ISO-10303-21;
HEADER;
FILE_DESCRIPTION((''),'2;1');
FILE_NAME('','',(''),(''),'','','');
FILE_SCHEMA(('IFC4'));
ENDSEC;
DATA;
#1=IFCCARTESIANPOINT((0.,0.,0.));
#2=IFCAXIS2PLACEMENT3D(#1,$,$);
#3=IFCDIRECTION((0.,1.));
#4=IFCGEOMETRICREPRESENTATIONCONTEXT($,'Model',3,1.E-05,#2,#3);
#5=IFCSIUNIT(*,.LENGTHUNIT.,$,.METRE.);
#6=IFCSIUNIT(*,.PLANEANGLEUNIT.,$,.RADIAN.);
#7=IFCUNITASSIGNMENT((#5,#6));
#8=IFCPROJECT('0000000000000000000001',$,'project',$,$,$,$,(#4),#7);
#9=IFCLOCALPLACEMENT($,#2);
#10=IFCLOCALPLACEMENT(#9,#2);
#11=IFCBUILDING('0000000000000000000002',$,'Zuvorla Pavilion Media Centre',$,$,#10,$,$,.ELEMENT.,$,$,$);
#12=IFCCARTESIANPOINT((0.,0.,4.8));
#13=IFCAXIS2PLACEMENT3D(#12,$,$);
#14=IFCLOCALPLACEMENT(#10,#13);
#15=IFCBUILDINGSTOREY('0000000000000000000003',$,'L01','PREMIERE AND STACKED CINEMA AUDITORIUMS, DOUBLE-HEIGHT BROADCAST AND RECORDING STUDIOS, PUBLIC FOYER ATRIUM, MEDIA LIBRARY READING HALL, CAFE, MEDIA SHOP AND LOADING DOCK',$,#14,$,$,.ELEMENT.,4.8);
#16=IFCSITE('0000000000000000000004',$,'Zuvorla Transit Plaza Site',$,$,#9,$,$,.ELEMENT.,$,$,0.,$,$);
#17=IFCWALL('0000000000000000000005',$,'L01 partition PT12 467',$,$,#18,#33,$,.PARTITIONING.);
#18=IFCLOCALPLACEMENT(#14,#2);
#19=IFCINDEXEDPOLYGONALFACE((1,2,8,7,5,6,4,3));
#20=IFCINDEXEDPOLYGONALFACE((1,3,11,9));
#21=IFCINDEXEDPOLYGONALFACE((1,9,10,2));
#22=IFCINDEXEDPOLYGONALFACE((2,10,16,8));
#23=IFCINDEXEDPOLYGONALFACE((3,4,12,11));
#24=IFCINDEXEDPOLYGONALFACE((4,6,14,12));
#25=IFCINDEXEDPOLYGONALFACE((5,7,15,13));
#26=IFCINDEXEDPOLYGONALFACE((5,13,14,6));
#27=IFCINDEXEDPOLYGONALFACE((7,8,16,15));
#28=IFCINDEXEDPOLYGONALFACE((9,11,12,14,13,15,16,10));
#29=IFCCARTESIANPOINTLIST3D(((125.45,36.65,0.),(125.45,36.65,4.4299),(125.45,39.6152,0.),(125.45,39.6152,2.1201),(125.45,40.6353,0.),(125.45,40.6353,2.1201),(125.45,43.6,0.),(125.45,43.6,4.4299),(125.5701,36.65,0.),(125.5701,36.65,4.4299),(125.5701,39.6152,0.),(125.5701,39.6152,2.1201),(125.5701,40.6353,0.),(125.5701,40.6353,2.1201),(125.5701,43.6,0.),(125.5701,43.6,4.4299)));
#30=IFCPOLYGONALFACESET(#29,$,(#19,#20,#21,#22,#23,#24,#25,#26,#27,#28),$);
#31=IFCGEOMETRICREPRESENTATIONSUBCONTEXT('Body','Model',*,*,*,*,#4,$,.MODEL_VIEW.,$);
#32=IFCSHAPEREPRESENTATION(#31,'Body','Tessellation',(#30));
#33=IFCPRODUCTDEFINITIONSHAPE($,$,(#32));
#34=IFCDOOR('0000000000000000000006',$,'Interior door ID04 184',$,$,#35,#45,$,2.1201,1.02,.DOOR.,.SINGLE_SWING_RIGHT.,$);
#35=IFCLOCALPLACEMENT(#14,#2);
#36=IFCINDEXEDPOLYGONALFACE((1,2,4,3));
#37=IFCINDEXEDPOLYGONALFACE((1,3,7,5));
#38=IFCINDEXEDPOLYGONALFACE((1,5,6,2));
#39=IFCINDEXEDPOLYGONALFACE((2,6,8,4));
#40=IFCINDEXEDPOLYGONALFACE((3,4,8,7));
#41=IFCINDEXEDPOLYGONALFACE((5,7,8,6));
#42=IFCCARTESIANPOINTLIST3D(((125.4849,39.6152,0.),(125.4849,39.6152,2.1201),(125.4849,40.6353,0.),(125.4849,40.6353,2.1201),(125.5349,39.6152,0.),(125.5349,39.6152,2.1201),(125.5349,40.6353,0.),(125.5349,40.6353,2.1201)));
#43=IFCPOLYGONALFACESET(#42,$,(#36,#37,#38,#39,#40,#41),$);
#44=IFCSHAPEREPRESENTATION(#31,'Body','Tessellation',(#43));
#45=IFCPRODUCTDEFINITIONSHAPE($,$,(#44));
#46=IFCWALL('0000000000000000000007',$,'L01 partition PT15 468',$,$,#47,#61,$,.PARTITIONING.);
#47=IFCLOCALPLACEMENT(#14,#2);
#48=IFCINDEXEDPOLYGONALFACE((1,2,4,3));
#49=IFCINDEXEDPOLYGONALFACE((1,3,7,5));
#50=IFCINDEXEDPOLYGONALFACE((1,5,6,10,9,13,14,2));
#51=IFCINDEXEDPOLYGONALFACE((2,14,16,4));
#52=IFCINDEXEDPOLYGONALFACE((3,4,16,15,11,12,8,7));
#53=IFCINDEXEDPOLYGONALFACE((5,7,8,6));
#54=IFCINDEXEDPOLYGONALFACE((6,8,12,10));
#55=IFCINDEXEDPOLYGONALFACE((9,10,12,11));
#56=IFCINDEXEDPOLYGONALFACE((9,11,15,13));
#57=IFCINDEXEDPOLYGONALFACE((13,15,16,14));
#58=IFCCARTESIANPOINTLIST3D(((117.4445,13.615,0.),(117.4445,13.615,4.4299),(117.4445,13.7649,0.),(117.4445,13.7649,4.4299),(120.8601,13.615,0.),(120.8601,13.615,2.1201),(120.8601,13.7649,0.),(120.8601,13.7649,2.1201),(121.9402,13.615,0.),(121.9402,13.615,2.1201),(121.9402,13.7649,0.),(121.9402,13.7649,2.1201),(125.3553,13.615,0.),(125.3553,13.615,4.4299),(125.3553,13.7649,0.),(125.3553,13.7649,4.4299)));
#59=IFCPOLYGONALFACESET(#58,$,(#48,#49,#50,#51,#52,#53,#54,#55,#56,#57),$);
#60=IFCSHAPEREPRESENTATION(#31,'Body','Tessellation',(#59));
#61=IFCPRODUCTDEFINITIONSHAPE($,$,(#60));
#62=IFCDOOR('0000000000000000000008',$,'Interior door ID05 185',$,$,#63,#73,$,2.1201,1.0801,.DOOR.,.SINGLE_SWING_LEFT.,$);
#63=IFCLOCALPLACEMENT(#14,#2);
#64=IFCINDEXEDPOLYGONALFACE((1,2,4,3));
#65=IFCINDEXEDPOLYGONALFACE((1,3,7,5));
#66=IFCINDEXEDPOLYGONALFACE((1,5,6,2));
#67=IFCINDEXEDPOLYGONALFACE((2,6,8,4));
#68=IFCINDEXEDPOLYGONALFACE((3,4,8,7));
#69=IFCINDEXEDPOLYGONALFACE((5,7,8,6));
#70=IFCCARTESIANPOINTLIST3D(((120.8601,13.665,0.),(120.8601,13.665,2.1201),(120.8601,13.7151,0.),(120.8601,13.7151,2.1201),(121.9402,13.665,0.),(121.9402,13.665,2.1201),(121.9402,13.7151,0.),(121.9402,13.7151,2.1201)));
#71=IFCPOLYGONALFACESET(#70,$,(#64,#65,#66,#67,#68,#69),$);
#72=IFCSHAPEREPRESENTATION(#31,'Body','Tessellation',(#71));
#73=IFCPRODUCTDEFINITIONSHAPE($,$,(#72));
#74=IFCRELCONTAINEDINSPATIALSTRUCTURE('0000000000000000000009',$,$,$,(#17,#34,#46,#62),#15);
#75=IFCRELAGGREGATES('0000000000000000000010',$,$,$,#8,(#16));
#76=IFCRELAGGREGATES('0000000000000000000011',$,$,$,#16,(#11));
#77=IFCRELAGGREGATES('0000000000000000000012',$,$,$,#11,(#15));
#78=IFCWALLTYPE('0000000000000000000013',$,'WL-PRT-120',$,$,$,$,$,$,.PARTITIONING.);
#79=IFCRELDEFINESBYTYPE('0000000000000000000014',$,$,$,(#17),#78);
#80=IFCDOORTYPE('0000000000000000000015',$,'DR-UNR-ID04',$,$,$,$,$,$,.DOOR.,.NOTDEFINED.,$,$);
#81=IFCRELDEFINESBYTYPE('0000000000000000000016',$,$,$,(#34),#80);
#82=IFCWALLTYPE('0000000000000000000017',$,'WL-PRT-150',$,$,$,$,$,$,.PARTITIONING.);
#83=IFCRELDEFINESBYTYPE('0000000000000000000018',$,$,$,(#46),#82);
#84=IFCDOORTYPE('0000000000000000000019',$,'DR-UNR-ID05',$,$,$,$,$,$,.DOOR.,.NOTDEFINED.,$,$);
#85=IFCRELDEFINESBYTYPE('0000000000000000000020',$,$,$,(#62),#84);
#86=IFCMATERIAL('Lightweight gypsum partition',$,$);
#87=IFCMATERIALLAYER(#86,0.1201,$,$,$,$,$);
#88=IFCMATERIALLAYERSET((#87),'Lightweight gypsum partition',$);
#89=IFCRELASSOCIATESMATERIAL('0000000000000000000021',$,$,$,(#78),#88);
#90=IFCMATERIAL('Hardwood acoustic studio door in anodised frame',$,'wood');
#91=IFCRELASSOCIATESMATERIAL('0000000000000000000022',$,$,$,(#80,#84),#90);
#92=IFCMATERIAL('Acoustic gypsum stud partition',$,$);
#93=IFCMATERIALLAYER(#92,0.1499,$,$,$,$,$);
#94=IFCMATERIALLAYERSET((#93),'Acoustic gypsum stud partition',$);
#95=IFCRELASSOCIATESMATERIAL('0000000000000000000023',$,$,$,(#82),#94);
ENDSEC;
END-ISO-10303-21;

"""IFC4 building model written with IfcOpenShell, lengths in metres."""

from ifc_helpers import new_model, si_unit, direction, frame, frame_2d, origin, place, context, subcontext, project, spatial, rectangle, extrude, material, layer, layer_set, type_object, element, fill, save


model = new_model("IFC4")

# Units and contexts
model_context = context("Model", 3, precision=1e-05, world=origin(), true_north=direction((0.0, 1.0)))
body_context = subcontext(model_context, "Body", "Model", "MODEL_VIEW")
ifc_project = project(units=[si_unit("LENGTHUNIT", "METRE"), si_unit("PLANEANGLEUNIT", "RADIAN")], contexts=[model_context])

# Site, building, storey
site_placement = place(None, origin())
site = spatial("IfcSite", under=ifc_project, at=site_placement, Name="Zuvorla Transit Plaza Site", CompositionType="ELEMENT", RefElevation=0.0)
building_placement = place(site_placement, origin())
building = spatial("IfcBuilding", under=site, at=building_placement, Name="Zuvorla Pavilion Media Centre", CompositionType="ELEMENT")
storey_placement = place(building_placement, frame((0.0, 0.0, 4.8)))
storey = spatial("IfcBuildingStorey", under=building, at=storey_placement, Name="L01", Description="PREMIERE AND STACKED CINEMA AUDITORIUMS, DOUBLE-HEIGHT BROADCAST AND RECORDING STUDIOS, PUBLIC FOYER ATRIUM, MEDIA LIBRARY READING HALL, CAFE, MEDIA SHOP AND LOADING DOCK", CompositionType="ELEMENT", Elevation=4.8)

# Walls, openings, doors
ifc_material_1 = material(Name="Lightweight gypsum partition")
ifc_layer_1 = layer(ifc_material_1, 0.1201)
ifc_layer_set_1 = layer_set([ifc_layer_1], Name="Lightweight gypsum partition")
wall_type_1 = type_object("IfcWallType", Name="WL-PRT-120", PredefinedType="PARTITIONING", material=ifc_layer_set_1)
wall_1_placement = place(storey_placement, frame((125.51, 43.6001, 0.0), z_axis=(0.0, 0.0, 1.0), x_axis=(0.0, -1.0, 0.0)))
wall_1 = element("IfcWall", 1, at=wall_1_placement, inside=storey, type_object=wall_type_1, Name="L01 partition PT12 467", PredefinedType="PARTITIONING", context=body_context, shape_type="SweptSolid", body=[
    extrude(rectangle(XDim=6.95, YDim=0.1201, at=frame_2d((3.4751, 0.0))), origin(), (0.0, 0.0, 1.0), 4.4299),
])
opening_1_placement = place(wall_1_placement, frame((2.9648, 0.0, 0.0)))
opening_1 = element("IfcOpeningElement", 2, at=opening_1_placement, cuts=wall_1, PredefinedType="OPENING", context=body_context, shape_type="SweptSolid", body=[
    extrude(rectangle(XDim=1.02, YDim=2.1201, at=frame_2d((0.51, 1.0601))), frame((0.0, 0.0701, 0.0), z_axis=(0.0, -1.0, 0.0), x_axis=(1.0, 0.0, 0.0)), (0.0, 0.0, 1.0), 0.1401),
])
ifc_material_2 = material(Name="Hardwood acoustic studio door in anodised frame", Category="wood")
door_type_1 = type_object("IfcDoorType", Name="DR-UNR-ID04", OperationType="NOTDEFINED", PredefinedType="DOOR", material=ifc_material_2)
door_1_placement = place(opening_1_placement, origin())
door_1 = element("IfcDoor", 3, at=door_1_placement, inside=storey, type_object=door_type_1, Name="Interior door ID04 184", OperationType="SINGLE_SWING_RIGHT", OverallHeight=2.1201, OverallWidth=1.02, PredefinedType="DOOR", context=body_context, shape_type="SweptSolid", body=[
    extrude(rectangle(XDim=1.02, YDim=2.1201, at=frame_2d((0.51, 1.0601))), frame((0.0, 0.0249, 0.0), z_axis=(0.0, -1.0, 0.0), x_axis=(1.0, 0.0, 0.0)), (0.0, 0.0, 1.0), 0.05),
])
fill(opening_1, door_1)
ifc_material_3 = material(Name="Acoustic gypsum stud partition")
ifc_layer_2 = layer(ifc_material_3, 0.1499)
ifc_layer_set_2 = layer_set([ifc_layer_2], Name="Acoustic gypsum stud partition")
wall_type_2 = type_object("IfcWallType", Name="WL-PRT-150", PredefinedType="PARTITIONING", material=ifc_layer_set_2)
wall_2_placement = place(storey_placement, frame((125.3555, 13.6899, 0.0), z_axis=(0.0, 0.0, 1.0), x_axis=(-1.0, 0.0, 0.0)))
wall_2 = element("IfcWall", 4, at=wall_2_placement, inside=storey, type_object=wall_type_2, Name="L01 partition PT15 468", PredefinedType="PARTITIONING", context=body_context, shape_type="SweptSolid", body=[
    extrude(rectangle(XDim=7.9109, YDim=0.1499, at=frame_2d((3.9556, 0.0))), origin(), (0.0, 0.0, 1.0), 4.4299),
])
opening_2_placement = place(wall_2_placement, frame((3.4153, 0.0, 0.0)))
opening_2 = element("IfcOpeningElement", 5, at=opening_2_placement, cuts=wall_2, PredefinedType="OPENING", context=body_context, shape_type="SweptSolid", body=[
    extrude(rectangle(XDim=1.0801, YDim=2.1201, at=frame_2d((0.54, 1.0601))), frame((0.0, 0.085, 0.0), z_axis=(0.0, -1.0, 0.0), x_axis=(1.0, 0.0, 0.0)), (0.0, 0.0, 1.0), 0.1699),
])
door_type_2 = type_object("IfcDoorType", Name="DR-UNR-ID05", OperationType="NOTDEFINED", PredefinedType="DOOR", material=ifc_material_2)
door_2_placement = place(opening_2_placement, origin())
door_2 = element("IfcDoor", 6, at=door_2_placement, inside=storey, type_object=door_type_2, Name="Interior door ID05 185", OperationType="SINGLE_SWING_LEFT", OverallHeight=2.1201, OverallWidth=1.0801, PredefinedType="DOOR", context=body_context, shape_type="SweptSolid", body=[
    extrude(rectangle(XDim=1.0801, YDim=2.1201, at=frame_2d((0.54, 1.0601))), frame((0.0, 0.0249, 0.0), z_axis=(0.0, -1.0, 0.0), x_axis=(1.0, 0.0, 0.0)), (0.0, 0.0, 1.0), 0.05),
])
fill(opening_2, door_2)

save(model, "model.ifc")
